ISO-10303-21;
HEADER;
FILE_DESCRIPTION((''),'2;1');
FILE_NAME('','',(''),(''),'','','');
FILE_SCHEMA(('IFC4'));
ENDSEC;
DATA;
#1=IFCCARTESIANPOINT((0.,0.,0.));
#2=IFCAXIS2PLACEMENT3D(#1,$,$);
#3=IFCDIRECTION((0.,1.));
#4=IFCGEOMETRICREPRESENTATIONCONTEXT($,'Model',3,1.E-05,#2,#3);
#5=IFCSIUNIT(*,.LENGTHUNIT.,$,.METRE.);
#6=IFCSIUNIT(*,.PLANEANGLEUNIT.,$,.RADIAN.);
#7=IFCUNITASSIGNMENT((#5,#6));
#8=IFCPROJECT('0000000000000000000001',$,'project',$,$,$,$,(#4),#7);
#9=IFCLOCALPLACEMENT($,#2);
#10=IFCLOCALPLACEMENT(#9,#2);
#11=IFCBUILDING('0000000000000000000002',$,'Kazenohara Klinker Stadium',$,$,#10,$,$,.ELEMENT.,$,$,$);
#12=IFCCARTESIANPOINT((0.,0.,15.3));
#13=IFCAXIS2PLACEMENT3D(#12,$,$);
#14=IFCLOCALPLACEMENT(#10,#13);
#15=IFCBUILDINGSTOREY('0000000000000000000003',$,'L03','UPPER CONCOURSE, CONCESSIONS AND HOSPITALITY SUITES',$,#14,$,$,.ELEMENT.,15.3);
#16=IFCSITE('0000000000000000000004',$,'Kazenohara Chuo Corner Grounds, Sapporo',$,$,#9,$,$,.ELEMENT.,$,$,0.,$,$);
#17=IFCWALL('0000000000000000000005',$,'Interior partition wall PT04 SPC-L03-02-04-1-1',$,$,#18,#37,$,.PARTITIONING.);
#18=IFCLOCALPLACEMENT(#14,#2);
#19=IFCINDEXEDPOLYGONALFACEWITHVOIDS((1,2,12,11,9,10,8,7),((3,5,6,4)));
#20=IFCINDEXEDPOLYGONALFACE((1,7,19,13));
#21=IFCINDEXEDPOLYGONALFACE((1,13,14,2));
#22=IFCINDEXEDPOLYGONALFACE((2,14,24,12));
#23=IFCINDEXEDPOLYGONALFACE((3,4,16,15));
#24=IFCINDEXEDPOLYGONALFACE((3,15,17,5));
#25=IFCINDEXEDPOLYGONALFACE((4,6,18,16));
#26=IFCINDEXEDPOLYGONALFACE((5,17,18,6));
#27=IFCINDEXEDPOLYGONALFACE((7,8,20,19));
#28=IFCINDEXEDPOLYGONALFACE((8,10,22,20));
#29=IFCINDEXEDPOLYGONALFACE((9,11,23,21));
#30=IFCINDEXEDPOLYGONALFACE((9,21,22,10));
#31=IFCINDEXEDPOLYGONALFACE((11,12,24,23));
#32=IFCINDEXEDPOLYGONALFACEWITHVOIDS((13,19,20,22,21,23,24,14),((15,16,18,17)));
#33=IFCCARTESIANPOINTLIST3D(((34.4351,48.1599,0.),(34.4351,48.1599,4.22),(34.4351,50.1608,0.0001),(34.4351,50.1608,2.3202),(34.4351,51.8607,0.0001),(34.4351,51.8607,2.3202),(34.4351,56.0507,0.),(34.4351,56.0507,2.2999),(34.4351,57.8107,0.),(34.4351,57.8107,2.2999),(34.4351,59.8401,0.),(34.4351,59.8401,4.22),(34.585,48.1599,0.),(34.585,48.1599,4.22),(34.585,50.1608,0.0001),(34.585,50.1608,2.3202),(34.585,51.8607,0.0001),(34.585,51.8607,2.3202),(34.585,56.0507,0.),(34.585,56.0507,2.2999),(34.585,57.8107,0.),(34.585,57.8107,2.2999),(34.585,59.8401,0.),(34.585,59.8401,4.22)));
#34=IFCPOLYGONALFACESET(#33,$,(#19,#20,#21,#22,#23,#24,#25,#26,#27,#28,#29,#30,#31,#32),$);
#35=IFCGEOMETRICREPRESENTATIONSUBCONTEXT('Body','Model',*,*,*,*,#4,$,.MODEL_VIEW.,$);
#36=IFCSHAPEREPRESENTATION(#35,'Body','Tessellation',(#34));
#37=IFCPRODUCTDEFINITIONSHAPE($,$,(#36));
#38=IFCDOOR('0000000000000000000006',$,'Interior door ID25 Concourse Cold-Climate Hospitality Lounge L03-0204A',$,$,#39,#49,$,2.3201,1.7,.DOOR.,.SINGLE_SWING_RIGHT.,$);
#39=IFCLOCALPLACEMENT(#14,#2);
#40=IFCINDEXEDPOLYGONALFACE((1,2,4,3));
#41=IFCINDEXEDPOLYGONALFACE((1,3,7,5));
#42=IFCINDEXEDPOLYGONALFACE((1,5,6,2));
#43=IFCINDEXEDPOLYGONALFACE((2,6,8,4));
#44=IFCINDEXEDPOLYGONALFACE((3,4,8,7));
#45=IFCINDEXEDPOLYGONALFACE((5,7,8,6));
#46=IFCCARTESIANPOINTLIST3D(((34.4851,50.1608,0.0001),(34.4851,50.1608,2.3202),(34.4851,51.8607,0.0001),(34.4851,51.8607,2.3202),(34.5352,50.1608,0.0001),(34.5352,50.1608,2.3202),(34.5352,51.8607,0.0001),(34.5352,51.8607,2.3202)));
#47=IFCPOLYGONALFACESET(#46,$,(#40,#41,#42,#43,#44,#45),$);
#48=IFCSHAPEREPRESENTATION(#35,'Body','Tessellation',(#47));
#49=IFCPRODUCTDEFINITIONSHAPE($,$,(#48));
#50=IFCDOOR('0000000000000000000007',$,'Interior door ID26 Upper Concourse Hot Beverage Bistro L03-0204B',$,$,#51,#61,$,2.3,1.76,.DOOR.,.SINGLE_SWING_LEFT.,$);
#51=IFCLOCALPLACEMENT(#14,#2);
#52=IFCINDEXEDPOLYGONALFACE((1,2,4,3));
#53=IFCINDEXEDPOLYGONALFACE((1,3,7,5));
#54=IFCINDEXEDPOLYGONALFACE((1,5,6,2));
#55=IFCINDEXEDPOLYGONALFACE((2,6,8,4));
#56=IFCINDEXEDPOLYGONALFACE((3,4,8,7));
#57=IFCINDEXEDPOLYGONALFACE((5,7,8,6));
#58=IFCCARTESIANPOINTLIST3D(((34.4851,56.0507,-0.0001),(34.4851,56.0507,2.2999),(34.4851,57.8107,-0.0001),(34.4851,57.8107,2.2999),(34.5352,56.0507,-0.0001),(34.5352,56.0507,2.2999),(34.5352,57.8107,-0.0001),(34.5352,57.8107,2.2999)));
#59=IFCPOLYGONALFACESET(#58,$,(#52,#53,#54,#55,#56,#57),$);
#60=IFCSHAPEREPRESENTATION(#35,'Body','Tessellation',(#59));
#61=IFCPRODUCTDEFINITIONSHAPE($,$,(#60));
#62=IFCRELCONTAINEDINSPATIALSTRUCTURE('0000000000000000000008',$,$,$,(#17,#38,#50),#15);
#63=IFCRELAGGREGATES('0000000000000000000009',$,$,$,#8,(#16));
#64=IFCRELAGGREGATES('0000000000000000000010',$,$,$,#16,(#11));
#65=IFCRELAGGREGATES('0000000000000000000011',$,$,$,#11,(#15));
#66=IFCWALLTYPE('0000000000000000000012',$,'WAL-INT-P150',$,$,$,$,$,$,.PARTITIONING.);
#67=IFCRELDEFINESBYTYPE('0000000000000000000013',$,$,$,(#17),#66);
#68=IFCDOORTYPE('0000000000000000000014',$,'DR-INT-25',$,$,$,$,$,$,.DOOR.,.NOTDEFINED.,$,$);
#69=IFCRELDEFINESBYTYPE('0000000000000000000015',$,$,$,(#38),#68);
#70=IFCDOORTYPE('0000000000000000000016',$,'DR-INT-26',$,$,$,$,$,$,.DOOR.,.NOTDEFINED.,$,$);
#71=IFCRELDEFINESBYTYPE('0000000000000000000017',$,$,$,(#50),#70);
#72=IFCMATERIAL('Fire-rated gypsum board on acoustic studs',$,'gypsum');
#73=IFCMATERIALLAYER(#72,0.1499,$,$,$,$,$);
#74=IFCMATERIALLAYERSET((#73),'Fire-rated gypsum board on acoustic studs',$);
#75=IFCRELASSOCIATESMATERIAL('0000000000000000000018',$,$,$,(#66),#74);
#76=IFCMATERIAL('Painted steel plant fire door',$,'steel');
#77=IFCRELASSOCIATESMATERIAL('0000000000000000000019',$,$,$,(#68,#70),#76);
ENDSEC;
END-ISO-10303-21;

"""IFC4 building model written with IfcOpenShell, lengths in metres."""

from ifc_helpers import new_model, si_unit, direction, frame, frame_2d, origin, place, context, subcontext, project, spatial, rectangle, extrude, material, layer, layer_set, type_object, element, fill, save


model = new_model("IFC4")

# Units and contexts
model_context = context("Model", 3, precision=1e-05, world=origin(), true_north=direction((0.0, 1.0)))
body_context = subcontext(model_context, "Body", "Model", "MODEL_VIEW")
ifc_project = project(units=[si_unit("LENGTHUNIT", "METRE"), si_unit("PLANEANGLEUNIT", "RADIAN")], contexts=[model_context])

# Site, building, storey
site_placement = place(None, origin())
site = spatial("IfcSite", under=ifc_project, at=site_placement, Name="Kazenohara Chuo Corner Grounds, Sapporo", CompositionType="ELEMENT", RefElevation=0.0)
building_placement = place(site_placement, origin())
building = spatial("IfcBuilding", under=site, at=building_placement, Name="Kazenohara Klinker Stadium", CompositionType="ELEMENT")
storey_placement = place(building_placement, frame((0.0, 0.0, 15.3)))
storey = spatial("IfcBuildingStorey", under=building, at=storey_placement, Name="L03", Description="UPPER CONCOURSE, CONCESSIONS AND HOSPITALITY SUITES", CompositionType="ELEMENT", Elevation=15.3)

# Shared definitions
ifc_material_1 = material(Name="Fire-rated gypsum board on acoustic studs", Category="gypsum")
ifc_material_2 = material(Name="Painted steel plant fire door", Category="steel")

# Wall, openings, doors
ifc_layer_1 = layer(ifc_material_1, 0.1499)
ifc_layer_set_1 = layer_set([ifc_layer_1], Name="Fire-rated gypsum board on acoustic studs")
wall_type_1 = type_object("IfcWallType", Name="WAL-INT-P150", PredefinedType="PARTITIONING", material=ifc_layer_set_1)
wall_1_placement = place(storey_placement, frame((34.51, 48.1599, 0.0), z_axis=(0.0, 0.0, 1.0), x_axis=(0.0, 1.0, 0.0)))
wall_1 = element("IfcWall", 1, at=wall_1_placement, inside=storey, type_object=wall_type_1, Name="Interior partition wall PT04 SPC-L03-02-04-1-1", PredefinedType="PARTITIONING", context=body_context, shape_type="SweptSolid", body=[
    extrude(rectangle(XDim=11.6802, YDim=0.1499, at=frame_2d((5.8401, 0.0))), origin(), (0.0, 0.0, 1.0), 4.22),
])
opening_1_placement = place(wall_1_placement, frame((2.0007, 0.0, 0.0)))
opening_1 = element("IfcOpeningElement", 2, at=opening_1_placement, cuts=wall_1, PredefinedType="OPENING", context=body_context, shape_type="SweptSolid", body=[
    extrude(rectangle(XDim=1.7, YDim=2.3201, at=frame_2d((0.8501, 1.1602))), frame((0.0, 0.085, 0.0), z_axis=(0.0, -1.0, 0.0), x_axis=(1.0, 0.0, 0.0)), (0.0, 0.0, 1.0), 0.1699),
])
opening_2_placement = place(wall_1_placement, frame((7.8909, 0.0, 0.0)))
opening_2 = element("IfcOpeningElement", 3, at=opening_2_placement, cuts=wall_1, PredefinedType="OPENING", context=body_context, shape_type="SweptSolid", body=[
    extrude(rectangle(XDim=1.76, YDim=2.3, at=frame_2d((0.8799, 1.1499))), frame((0.0, 0.085, 0.0), z_axis=(0.0, -1.0, 0.0), x_axis=(1.0, 0.0, 0.0)), (0.0, 0.0, 1.0), 0.1699),
])
door_type_1 = type_object("IfcDoorType", Name="DR-INT-25", OperationType="NOTDEFINED", PredefinedType="DOOR", material=ifc_material_2)
door_1_placement = place(opening_1_placement, origin())
door_1 = element("IfcDoor", 4, at=door_1_placement, inside=storey, type_object=door_type_1, Name="Interior door ID25 Concourse Cold-Climate Hospitality Lounge L03-0204A", OperationType="SINGLE_SWING_RIGHT", OverallHeight=2.3201, OverallWidth=1.7, PredefinedType="DOOR", context=body_context, shape_type="SweptSolid", body=[
    extrude(rectangle(XDim=1.7, YDim=2.3201, at=frame_2d((0.8501, 1.1602))), frame((0.0, 0.0249, 0.0), z_axis=(0.0, -1.0, 0.0), x_axis=(1.0, 0.0, 0.0)), (0.0, 0.0, 1.0), 0.05),
])
fill(opening_1, door_1)
door_type_2 = type_object("IfcDoorType", Name="DR-INT-26", OperationType="NOTDEFINED", PredefinedType="DOOR", material=ifc_material_2)
door_2_placement = place(opening_2_placement, origin())
door_2 = element("IfcDoor", 5, at=door_2_placement, inside=storey, type_object=door_type_2, Name="Interior door ID26 Upper Concourse Hot Beverage Bistro L03-0204B", OperationType="SINGLE_SWING_LEFT", OverallHeight=2.3, OverallWidth=1.76, PredefinedType="DOOR", context=body_context, shape_type="SweptSolid", body=[
    extrude(rectangle(XDim=1.76, YDim=2.3, at=frame_2d((0.8799, 1.1499))), frame((0.0, 0.0249, 0.0), z_axis=(0.0, -1.0, 0.0), x_axis=(1.0, 0.0, 0.0)), (0.0, 0.0, 1.0), 0.05),
])
fill(opening_2, door_2)

save(model, "model.ifc")
